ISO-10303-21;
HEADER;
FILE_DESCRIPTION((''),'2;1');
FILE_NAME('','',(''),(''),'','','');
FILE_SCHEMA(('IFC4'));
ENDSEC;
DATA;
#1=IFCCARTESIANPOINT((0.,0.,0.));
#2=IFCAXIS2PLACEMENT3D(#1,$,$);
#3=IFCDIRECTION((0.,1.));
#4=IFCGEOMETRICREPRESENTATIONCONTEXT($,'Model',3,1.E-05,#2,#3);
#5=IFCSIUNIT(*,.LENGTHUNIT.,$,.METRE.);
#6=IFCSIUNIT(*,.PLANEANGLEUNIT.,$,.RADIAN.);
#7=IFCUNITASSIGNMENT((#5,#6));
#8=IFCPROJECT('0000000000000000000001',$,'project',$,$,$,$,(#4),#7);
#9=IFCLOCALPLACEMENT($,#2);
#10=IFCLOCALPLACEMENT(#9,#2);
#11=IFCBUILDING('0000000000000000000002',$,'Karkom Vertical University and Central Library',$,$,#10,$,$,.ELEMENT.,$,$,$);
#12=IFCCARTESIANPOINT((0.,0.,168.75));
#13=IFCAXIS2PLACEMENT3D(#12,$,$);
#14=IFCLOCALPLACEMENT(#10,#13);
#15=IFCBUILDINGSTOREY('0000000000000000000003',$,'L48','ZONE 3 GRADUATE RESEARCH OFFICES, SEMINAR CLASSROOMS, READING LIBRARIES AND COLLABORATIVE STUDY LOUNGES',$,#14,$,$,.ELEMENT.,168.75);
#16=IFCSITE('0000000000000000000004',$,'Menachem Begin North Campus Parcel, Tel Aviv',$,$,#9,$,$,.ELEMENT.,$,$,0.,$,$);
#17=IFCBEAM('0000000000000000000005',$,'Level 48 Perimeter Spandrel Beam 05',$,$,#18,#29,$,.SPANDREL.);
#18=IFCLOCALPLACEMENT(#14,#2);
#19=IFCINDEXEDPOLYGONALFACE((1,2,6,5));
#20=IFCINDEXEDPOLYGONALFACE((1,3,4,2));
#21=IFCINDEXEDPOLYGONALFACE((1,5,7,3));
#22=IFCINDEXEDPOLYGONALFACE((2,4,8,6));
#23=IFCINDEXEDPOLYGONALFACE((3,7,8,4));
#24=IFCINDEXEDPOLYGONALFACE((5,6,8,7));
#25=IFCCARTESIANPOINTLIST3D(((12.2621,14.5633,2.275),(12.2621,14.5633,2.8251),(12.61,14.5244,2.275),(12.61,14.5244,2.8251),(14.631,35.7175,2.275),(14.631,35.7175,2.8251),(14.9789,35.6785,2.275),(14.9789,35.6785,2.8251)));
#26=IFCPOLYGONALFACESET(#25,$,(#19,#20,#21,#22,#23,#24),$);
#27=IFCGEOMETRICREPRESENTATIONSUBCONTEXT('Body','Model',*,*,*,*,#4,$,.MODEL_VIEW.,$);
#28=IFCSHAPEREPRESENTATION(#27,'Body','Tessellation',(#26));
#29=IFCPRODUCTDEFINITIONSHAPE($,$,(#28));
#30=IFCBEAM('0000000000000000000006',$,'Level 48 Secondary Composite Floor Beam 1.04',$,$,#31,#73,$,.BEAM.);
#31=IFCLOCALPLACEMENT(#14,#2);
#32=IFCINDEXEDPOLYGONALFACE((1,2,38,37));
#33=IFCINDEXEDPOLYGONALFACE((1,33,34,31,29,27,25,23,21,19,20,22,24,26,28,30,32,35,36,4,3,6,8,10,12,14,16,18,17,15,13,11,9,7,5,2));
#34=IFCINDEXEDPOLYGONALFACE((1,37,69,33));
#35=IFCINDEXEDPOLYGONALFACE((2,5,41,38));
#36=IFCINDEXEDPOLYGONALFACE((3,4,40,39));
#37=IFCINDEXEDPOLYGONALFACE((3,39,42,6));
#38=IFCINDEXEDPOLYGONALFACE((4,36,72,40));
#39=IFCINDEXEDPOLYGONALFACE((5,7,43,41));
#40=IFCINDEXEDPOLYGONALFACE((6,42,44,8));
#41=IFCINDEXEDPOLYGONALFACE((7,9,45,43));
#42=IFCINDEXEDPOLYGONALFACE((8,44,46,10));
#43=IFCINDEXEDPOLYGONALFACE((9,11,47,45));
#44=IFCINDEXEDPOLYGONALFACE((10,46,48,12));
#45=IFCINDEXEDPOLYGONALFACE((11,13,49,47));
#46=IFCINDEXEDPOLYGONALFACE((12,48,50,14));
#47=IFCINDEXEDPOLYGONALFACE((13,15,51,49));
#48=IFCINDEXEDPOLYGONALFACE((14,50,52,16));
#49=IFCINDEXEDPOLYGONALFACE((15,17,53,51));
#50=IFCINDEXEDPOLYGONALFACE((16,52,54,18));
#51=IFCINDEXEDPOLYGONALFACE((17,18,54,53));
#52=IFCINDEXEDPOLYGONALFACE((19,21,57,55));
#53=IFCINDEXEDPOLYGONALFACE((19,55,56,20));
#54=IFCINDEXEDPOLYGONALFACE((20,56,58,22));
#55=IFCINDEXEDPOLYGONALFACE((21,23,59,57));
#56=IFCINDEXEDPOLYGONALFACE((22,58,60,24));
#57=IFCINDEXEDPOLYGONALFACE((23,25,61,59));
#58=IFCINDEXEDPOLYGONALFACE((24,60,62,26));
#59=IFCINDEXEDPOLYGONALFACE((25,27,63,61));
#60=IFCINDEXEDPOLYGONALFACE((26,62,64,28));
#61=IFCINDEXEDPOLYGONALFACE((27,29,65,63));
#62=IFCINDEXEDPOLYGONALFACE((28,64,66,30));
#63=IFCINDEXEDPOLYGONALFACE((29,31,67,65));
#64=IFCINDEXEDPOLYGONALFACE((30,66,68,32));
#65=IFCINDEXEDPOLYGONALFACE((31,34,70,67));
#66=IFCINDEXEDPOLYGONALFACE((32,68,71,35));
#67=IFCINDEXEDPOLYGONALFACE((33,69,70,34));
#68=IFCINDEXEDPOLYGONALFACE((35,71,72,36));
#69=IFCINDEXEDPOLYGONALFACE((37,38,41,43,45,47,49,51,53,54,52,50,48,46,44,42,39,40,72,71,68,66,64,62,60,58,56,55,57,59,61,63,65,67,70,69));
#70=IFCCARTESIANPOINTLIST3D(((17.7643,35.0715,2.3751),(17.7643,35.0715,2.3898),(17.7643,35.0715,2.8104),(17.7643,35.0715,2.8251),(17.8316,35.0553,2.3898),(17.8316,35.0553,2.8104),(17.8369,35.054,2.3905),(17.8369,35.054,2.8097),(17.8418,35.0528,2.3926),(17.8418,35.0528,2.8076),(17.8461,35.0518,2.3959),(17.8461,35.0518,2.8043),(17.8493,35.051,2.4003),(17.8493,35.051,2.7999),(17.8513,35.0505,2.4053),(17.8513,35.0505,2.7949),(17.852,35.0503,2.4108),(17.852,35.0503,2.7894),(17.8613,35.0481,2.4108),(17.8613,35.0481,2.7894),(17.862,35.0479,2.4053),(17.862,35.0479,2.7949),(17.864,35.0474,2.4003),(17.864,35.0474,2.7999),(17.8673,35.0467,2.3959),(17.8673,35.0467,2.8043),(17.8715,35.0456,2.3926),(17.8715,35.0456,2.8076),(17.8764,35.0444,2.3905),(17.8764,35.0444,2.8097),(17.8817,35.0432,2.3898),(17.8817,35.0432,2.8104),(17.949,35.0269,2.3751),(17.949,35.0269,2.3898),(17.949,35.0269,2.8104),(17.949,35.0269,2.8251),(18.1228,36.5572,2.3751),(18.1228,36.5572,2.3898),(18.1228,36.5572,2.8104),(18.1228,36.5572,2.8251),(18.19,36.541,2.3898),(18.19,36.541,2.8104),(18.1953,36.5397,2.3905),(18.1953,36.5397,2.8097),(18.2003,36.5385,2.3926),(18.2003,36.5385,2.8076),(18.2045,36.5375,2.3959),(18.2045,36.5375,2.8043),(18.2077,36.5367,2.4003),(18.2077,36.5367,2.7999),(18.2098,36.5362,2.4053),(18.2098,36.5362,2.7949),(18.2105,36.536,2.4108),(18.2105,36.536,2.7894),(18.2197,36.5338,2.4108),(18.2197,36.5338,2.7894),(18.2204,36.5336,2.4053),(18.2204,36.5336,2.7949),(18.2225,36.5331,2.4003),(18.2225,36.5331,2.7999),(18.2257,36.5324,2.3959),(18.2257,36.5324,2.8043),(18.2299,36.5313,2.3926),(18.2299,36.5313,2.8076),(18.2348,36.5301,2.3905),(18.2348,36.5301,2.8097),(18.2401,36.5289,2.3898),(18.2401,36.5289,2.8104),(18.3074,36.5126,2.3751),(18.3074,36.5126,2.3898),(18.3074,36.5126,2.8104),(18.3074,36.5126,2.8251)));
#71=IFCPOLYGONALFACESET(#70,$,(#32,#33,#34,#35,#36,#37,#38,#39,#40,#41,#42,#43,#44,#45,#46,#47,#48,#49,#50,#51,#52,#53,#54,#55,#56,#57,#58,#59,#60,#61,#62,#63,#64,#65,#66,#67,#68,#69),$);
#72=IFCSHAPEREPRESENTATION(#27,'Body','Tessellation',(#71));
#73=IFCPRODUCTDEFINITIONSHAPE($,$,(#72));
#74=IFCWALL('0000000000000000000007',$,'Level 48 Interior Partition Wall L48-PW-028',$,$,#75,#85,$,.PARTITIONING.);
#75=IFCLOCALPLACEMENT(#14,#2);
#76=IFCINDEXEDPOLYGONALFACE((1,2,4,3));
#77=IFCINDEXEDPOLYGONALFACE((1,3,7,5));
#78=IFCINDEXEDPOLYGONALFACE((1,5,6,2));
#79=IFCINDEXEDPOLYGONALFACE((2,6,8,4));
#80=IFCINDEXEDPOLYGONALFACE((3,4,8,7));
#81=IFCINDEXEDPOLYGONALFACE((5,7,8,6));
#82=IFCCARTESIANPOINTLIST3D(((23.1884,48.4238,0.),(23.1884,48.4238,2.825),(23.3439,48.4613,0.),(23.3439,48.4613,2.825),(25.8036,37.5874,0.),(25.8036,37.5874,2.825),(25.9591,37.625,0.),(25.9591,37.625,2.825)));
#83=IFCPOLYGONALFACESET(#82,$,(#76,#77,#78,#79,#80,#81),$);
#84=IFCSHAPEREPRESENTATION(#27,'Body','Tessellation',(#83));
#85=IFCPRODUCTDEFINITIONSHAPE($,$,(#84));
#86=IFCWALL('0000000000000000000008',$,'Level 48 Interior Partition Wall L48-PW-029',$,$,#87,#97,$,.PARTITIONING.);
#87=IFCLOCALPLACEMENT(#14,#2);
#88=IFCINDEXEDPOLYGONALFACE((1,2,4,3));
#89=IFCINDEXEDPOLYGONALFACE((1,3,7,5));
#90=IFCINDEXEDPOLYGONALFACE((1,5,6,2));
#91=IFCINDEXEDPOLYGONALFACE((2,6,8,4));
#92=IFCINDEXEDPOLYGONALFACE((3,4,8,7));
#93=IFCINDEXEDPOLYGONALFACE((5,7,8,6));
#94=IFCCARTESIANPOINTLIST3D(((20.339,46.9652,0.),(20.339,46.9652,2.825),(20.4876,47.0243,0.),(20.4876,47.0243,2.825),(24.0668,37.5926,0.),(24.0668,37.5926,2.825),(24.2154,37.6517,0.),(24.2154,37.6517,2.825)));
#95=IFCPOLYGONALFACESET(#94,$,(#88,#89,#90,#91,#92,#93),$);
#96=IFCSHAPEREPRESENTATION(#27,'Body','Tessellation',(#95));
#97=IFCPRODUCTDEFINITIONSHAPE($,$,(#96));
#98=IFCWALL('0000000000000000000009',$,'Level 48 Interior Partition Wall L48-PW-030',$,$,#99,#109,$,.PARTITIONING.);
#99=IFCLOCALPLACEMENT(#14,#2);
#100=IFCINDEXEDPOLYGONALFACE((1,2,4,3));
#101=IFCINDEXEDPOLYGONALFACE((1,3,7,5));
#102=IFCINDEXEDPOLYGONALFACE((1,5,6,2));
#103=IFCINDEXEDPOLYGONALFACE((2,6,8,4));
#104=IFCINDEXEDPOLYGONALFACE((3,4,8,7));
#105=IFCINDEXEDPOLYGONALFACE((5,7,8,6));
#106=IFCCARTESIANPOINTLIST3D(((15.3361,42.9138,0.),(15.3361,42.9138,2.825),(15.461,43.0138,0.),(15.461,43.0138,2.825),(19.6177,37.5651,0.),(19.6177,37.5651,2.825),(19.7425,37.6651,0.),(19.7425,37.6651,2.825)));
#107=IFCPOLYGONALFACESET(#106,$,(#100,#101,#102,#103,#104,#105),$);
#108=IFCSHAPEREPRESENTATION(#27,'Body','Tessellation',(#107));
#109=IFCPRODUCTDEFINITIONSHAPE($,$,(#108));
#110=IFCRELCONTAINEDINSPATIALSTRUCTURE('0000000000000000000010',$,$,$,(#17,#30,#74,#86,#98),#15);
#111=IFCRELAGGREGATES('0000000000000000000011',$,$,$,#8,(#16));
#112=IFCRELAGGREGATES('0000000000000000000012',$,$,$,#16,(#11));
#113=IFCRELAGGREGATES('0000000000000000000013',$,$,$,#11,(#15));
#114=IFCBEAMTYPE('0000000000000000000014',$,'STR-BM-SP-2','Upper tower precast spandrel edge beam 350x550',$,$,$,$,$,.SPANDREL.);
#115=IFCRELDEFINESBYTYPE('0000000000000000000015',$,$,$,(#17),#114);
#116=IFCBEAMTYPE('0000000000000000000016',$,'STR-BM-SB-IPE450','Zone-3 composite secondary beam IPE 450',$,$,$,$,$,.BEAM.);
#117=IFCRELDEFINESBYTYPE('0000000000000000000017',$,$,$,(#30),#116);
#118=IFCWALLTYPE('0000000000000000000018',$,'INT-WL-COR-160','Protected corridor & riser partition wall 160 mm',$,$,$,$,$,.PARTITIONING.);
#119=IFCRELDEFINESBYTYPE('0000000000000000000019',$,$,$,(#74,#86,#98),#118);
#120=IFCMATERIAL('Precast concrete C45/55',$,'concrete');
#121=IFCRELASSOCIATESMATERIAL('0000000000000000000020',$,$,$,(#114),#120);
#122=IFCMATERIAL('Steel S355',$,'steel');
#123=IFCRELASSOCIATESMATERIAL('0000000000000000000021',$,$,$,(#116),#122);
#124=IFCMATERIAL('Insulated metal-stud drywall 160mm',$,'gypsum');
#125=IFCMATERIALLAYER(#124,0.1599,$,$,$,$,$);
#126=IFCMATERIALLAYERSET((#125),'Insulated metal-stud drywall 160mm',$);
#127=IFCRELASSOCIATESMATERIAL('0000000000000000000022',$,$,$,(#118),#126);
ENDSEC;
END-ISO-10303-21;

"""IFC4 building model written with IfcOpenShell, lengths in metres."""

from ifc_helpers import new_model, si_unit, direction, frame, frame_2d, origin, origin_with_axes, origin_2d, place, context, subcontext, project, spatial, rectangle, i_section, extrude, source, transform, mapped, material, layer, layer_set, material_profile, profile_set, type_object, element, save


model = new_model("IFC4")

# Units and contexts
model_context = context("Model", 3, precision=1e-05, world=origin(), true_north=direction((0.0, 1.0)))
body_context = subcontext(model_context, "Body", "Model", "MODEL_VIEW")
ifc_project = project(units=[si_unit("LENGTHUNIT", "METRE"), si_unit("PLANEANGLEUNIT", "RADIAN")], contexts=[model_context])

# Site, building, storey
site_placement = place(None, origin())
site = spatial("IfcSite", under=ifc_project, at=site_placement, Name="Menachem Begin North Campus Parcel, Tel Aviv", CompositionType="ELEMENT", RefElevation=0.0)
building_placement = place(site_placement, origin())
building = spatial("IfcBuilding", under=site, at=building_placement, Name="Karkom Vertical University and Central Library", CompositionType="ELEMENT")
storey_placement = place(building_placement, frame((0.0, 0.0, 168.75)))
storey = spatial("IfcBuildingStorey", under=building, at=storey_placement, Name="L48", Description="ZONE 3 GRADUATE RESEARCH OFFICES, SEMINAR CLASSROOMS, READING LIBRARIES AND COLLABORATIVE STUDY LOUNGES", CompositionType="ELEMENT", Elevation=168.75)

# Beams
ifc_material_1 = material(Name="Precast concrete C45/55", Category="concrete")
ifc_material_profile_1 = material_profile(ifc_material_1, rectangle(XDim=0.3501, YDim=0.55, at=origin_2d()), Name="SPB-350x550")
ifc_profile_set_1 = profile_set([ifc_material_profile_1], Name="Precast concrete C45/55")
beam_type_1 = type_object("IfcBeamType", Name="STR-BM-SP-2", Description="Upper tower precast spandrel edge beam 350x550", PredefinedType="SPANDREL", material=ifc_profile_set_1)
shared_shape_1 = source(origin_with_axes(), body_context, "Body", "SweptSolid", [
    extrude(rectangle(XDim=0.3501, YDim=0.55, at=origin_2d()), origin(), (0.0, 0.0, 1.0), 21.2864),
])
beam_1_placement = place(storey_placement, frame((14.8049, 35.698, 2.55), z_axis=(-0.111287, -0.993788, 0.0), x_axis=(0.993788, -0.111287, 0.0)))
element("IfcBeam", 1, at=beam_1_placement, inside=storey, type_object=beam_type_1, Name="Level 48 Perimeter Spandrel Beam 05", PredefinedType="SPANDREL", context=body_context, shape_type="MappedRepresentation", body=[
    mapped(shared_shape_1, transform((0.0, 0.0, 0.0), scale=1.0)),
])
ifc_material_2 = material(Name="Steel S355", Category="steel")
ifc_material_profile_2 = material_profile(ifc_material_2, i_section(OverallWidth=0.1899, OverallDepth=0.45, WebThickness=0.0095, FlangeThickness=0.0146, FilletRadius=0.021, at=origin_2d()), Name="IPE 450")
ifc_profile_set_2 = profile_set([ifc_material_profile_2], Name="Steel S355")
beam_type_2 = type_object("IfcBeamType", Name="STR-BM-SB-IPE450", Description="Zone-3 composite secondary beam IPE 450", PredefinedType="BEAM", material=ifc_profile_set_2)
shared_shape_2 = source(origin_with_axes(), body_context, "Body", "SweptSolid", [
    extrude(i_section(OverallWidth=0.1899, OverallDepth=0.45, WebThickness=0.0095, FlangeThickness=0.0146, FilletRadius=0.021, at=origin_2d()), origin(), (0.0, 0.0, 1.0), 1.5283),
])
beam_2_placement = place(storey_placement, frame((18.2151, 36.5349, 2.6001), z_axis=(-0.234521, -0.972111, 0.0), x_axis=(0.972111, -0.234521, 0.0)))
element("IfcBeam", 2, at=beam_2_placement, inside=storey, type_object=beam_type_2, Name="Level 48 Secondary Composite Floor Beam 1.04", PredefinedType="BEAM", context=body_context, shape_type="MappedRepresentation", body=[
    mapped(shared_shape_2, transform((0.0, 0.0, 0.0), scale=1.0)),
])

# Shared definitions
ifc_material_3 = material(Name="Insulated metal-stud drywall 160mm", Category="gypsum")
ifc_layer = layer(ifc_material_3, 0.1599)
ifc_layer_set = layer_set([ifc_layer], Name="Insulated metal-stud drywall 160mm")
wall_type = type_object("IfcWallType", Name="INT-WL-COR-160", Description="Protected corridor & riser partition wall 160 mm", PredefinedType="PARTITIONING", material=ifc_layer_set)

# Walls
wall_1_placement = place(storey_placement, frame((25.8813, 37.6062, 0.0), z_axis=(0.0, 0.0, 1.0), x_axis=(-0.234602, 0.972092, 0.0)))
element("IfcWall", 3, at=wall_1_placement, inside=storey, type_object=wall_type, Name="Level 48 Interior Partition Wall L48-PW-028", PredefinedType="PARTITIONING", context=body_context, shape_type="SweptSolid", body=[
    extrude(rectangle(XDim=11.1475, YDim=0.1599, at=frame_2d((5.5737, 0.0))), origin(), (0.0, 0.0, 1.0), 2.825),
])
wall_2_placement = place(storey_placement, frame((24.1411, 37.6221, 0.0), z_axis=(0.0, 0.0, 1.0), x_axis=(-0.369575, 0.929201, 0.0)))
element("IfcWall", 4, at=wall_2_placement, inside=storey, type_object=wall_type, Name="Level 48 Interior Partition Wall L48-PW-029", PredefinedType="PARTITIONING", context=body_context, shape_type="SweptSolid", body=[
    extrude(rectangle(XDim=10.0867, YDim=0.1599, at=frame_2d((5.0435, 0.0))), origin(), (0.0, 0.0, 1.0), 2.825),
])
wall_3_placement = place(storey_placement, frame((19.6802, 37.615, 0.0), z_axis=(0.0, 0.0, 1.0), x_axis=(-0.624925, 0.780685, 0.0)))
element("IfcWall", 5, at=wall_3_placement, inside=storey, type_object=wall_type, Name="Level 48 Interior Partition Wall L48-PW-030", PredefinedType="PARTITIONING", context=body_context, shape_type="SweptSolid", body=[
    extrude(rectangle(XDim=6.8513, YDim=0.1599, at=frame_2d((3.4258, 0.0))), origin(), (0.0, 0.0, 1.0), 2.825),
])

save(model, "model.ifc")
